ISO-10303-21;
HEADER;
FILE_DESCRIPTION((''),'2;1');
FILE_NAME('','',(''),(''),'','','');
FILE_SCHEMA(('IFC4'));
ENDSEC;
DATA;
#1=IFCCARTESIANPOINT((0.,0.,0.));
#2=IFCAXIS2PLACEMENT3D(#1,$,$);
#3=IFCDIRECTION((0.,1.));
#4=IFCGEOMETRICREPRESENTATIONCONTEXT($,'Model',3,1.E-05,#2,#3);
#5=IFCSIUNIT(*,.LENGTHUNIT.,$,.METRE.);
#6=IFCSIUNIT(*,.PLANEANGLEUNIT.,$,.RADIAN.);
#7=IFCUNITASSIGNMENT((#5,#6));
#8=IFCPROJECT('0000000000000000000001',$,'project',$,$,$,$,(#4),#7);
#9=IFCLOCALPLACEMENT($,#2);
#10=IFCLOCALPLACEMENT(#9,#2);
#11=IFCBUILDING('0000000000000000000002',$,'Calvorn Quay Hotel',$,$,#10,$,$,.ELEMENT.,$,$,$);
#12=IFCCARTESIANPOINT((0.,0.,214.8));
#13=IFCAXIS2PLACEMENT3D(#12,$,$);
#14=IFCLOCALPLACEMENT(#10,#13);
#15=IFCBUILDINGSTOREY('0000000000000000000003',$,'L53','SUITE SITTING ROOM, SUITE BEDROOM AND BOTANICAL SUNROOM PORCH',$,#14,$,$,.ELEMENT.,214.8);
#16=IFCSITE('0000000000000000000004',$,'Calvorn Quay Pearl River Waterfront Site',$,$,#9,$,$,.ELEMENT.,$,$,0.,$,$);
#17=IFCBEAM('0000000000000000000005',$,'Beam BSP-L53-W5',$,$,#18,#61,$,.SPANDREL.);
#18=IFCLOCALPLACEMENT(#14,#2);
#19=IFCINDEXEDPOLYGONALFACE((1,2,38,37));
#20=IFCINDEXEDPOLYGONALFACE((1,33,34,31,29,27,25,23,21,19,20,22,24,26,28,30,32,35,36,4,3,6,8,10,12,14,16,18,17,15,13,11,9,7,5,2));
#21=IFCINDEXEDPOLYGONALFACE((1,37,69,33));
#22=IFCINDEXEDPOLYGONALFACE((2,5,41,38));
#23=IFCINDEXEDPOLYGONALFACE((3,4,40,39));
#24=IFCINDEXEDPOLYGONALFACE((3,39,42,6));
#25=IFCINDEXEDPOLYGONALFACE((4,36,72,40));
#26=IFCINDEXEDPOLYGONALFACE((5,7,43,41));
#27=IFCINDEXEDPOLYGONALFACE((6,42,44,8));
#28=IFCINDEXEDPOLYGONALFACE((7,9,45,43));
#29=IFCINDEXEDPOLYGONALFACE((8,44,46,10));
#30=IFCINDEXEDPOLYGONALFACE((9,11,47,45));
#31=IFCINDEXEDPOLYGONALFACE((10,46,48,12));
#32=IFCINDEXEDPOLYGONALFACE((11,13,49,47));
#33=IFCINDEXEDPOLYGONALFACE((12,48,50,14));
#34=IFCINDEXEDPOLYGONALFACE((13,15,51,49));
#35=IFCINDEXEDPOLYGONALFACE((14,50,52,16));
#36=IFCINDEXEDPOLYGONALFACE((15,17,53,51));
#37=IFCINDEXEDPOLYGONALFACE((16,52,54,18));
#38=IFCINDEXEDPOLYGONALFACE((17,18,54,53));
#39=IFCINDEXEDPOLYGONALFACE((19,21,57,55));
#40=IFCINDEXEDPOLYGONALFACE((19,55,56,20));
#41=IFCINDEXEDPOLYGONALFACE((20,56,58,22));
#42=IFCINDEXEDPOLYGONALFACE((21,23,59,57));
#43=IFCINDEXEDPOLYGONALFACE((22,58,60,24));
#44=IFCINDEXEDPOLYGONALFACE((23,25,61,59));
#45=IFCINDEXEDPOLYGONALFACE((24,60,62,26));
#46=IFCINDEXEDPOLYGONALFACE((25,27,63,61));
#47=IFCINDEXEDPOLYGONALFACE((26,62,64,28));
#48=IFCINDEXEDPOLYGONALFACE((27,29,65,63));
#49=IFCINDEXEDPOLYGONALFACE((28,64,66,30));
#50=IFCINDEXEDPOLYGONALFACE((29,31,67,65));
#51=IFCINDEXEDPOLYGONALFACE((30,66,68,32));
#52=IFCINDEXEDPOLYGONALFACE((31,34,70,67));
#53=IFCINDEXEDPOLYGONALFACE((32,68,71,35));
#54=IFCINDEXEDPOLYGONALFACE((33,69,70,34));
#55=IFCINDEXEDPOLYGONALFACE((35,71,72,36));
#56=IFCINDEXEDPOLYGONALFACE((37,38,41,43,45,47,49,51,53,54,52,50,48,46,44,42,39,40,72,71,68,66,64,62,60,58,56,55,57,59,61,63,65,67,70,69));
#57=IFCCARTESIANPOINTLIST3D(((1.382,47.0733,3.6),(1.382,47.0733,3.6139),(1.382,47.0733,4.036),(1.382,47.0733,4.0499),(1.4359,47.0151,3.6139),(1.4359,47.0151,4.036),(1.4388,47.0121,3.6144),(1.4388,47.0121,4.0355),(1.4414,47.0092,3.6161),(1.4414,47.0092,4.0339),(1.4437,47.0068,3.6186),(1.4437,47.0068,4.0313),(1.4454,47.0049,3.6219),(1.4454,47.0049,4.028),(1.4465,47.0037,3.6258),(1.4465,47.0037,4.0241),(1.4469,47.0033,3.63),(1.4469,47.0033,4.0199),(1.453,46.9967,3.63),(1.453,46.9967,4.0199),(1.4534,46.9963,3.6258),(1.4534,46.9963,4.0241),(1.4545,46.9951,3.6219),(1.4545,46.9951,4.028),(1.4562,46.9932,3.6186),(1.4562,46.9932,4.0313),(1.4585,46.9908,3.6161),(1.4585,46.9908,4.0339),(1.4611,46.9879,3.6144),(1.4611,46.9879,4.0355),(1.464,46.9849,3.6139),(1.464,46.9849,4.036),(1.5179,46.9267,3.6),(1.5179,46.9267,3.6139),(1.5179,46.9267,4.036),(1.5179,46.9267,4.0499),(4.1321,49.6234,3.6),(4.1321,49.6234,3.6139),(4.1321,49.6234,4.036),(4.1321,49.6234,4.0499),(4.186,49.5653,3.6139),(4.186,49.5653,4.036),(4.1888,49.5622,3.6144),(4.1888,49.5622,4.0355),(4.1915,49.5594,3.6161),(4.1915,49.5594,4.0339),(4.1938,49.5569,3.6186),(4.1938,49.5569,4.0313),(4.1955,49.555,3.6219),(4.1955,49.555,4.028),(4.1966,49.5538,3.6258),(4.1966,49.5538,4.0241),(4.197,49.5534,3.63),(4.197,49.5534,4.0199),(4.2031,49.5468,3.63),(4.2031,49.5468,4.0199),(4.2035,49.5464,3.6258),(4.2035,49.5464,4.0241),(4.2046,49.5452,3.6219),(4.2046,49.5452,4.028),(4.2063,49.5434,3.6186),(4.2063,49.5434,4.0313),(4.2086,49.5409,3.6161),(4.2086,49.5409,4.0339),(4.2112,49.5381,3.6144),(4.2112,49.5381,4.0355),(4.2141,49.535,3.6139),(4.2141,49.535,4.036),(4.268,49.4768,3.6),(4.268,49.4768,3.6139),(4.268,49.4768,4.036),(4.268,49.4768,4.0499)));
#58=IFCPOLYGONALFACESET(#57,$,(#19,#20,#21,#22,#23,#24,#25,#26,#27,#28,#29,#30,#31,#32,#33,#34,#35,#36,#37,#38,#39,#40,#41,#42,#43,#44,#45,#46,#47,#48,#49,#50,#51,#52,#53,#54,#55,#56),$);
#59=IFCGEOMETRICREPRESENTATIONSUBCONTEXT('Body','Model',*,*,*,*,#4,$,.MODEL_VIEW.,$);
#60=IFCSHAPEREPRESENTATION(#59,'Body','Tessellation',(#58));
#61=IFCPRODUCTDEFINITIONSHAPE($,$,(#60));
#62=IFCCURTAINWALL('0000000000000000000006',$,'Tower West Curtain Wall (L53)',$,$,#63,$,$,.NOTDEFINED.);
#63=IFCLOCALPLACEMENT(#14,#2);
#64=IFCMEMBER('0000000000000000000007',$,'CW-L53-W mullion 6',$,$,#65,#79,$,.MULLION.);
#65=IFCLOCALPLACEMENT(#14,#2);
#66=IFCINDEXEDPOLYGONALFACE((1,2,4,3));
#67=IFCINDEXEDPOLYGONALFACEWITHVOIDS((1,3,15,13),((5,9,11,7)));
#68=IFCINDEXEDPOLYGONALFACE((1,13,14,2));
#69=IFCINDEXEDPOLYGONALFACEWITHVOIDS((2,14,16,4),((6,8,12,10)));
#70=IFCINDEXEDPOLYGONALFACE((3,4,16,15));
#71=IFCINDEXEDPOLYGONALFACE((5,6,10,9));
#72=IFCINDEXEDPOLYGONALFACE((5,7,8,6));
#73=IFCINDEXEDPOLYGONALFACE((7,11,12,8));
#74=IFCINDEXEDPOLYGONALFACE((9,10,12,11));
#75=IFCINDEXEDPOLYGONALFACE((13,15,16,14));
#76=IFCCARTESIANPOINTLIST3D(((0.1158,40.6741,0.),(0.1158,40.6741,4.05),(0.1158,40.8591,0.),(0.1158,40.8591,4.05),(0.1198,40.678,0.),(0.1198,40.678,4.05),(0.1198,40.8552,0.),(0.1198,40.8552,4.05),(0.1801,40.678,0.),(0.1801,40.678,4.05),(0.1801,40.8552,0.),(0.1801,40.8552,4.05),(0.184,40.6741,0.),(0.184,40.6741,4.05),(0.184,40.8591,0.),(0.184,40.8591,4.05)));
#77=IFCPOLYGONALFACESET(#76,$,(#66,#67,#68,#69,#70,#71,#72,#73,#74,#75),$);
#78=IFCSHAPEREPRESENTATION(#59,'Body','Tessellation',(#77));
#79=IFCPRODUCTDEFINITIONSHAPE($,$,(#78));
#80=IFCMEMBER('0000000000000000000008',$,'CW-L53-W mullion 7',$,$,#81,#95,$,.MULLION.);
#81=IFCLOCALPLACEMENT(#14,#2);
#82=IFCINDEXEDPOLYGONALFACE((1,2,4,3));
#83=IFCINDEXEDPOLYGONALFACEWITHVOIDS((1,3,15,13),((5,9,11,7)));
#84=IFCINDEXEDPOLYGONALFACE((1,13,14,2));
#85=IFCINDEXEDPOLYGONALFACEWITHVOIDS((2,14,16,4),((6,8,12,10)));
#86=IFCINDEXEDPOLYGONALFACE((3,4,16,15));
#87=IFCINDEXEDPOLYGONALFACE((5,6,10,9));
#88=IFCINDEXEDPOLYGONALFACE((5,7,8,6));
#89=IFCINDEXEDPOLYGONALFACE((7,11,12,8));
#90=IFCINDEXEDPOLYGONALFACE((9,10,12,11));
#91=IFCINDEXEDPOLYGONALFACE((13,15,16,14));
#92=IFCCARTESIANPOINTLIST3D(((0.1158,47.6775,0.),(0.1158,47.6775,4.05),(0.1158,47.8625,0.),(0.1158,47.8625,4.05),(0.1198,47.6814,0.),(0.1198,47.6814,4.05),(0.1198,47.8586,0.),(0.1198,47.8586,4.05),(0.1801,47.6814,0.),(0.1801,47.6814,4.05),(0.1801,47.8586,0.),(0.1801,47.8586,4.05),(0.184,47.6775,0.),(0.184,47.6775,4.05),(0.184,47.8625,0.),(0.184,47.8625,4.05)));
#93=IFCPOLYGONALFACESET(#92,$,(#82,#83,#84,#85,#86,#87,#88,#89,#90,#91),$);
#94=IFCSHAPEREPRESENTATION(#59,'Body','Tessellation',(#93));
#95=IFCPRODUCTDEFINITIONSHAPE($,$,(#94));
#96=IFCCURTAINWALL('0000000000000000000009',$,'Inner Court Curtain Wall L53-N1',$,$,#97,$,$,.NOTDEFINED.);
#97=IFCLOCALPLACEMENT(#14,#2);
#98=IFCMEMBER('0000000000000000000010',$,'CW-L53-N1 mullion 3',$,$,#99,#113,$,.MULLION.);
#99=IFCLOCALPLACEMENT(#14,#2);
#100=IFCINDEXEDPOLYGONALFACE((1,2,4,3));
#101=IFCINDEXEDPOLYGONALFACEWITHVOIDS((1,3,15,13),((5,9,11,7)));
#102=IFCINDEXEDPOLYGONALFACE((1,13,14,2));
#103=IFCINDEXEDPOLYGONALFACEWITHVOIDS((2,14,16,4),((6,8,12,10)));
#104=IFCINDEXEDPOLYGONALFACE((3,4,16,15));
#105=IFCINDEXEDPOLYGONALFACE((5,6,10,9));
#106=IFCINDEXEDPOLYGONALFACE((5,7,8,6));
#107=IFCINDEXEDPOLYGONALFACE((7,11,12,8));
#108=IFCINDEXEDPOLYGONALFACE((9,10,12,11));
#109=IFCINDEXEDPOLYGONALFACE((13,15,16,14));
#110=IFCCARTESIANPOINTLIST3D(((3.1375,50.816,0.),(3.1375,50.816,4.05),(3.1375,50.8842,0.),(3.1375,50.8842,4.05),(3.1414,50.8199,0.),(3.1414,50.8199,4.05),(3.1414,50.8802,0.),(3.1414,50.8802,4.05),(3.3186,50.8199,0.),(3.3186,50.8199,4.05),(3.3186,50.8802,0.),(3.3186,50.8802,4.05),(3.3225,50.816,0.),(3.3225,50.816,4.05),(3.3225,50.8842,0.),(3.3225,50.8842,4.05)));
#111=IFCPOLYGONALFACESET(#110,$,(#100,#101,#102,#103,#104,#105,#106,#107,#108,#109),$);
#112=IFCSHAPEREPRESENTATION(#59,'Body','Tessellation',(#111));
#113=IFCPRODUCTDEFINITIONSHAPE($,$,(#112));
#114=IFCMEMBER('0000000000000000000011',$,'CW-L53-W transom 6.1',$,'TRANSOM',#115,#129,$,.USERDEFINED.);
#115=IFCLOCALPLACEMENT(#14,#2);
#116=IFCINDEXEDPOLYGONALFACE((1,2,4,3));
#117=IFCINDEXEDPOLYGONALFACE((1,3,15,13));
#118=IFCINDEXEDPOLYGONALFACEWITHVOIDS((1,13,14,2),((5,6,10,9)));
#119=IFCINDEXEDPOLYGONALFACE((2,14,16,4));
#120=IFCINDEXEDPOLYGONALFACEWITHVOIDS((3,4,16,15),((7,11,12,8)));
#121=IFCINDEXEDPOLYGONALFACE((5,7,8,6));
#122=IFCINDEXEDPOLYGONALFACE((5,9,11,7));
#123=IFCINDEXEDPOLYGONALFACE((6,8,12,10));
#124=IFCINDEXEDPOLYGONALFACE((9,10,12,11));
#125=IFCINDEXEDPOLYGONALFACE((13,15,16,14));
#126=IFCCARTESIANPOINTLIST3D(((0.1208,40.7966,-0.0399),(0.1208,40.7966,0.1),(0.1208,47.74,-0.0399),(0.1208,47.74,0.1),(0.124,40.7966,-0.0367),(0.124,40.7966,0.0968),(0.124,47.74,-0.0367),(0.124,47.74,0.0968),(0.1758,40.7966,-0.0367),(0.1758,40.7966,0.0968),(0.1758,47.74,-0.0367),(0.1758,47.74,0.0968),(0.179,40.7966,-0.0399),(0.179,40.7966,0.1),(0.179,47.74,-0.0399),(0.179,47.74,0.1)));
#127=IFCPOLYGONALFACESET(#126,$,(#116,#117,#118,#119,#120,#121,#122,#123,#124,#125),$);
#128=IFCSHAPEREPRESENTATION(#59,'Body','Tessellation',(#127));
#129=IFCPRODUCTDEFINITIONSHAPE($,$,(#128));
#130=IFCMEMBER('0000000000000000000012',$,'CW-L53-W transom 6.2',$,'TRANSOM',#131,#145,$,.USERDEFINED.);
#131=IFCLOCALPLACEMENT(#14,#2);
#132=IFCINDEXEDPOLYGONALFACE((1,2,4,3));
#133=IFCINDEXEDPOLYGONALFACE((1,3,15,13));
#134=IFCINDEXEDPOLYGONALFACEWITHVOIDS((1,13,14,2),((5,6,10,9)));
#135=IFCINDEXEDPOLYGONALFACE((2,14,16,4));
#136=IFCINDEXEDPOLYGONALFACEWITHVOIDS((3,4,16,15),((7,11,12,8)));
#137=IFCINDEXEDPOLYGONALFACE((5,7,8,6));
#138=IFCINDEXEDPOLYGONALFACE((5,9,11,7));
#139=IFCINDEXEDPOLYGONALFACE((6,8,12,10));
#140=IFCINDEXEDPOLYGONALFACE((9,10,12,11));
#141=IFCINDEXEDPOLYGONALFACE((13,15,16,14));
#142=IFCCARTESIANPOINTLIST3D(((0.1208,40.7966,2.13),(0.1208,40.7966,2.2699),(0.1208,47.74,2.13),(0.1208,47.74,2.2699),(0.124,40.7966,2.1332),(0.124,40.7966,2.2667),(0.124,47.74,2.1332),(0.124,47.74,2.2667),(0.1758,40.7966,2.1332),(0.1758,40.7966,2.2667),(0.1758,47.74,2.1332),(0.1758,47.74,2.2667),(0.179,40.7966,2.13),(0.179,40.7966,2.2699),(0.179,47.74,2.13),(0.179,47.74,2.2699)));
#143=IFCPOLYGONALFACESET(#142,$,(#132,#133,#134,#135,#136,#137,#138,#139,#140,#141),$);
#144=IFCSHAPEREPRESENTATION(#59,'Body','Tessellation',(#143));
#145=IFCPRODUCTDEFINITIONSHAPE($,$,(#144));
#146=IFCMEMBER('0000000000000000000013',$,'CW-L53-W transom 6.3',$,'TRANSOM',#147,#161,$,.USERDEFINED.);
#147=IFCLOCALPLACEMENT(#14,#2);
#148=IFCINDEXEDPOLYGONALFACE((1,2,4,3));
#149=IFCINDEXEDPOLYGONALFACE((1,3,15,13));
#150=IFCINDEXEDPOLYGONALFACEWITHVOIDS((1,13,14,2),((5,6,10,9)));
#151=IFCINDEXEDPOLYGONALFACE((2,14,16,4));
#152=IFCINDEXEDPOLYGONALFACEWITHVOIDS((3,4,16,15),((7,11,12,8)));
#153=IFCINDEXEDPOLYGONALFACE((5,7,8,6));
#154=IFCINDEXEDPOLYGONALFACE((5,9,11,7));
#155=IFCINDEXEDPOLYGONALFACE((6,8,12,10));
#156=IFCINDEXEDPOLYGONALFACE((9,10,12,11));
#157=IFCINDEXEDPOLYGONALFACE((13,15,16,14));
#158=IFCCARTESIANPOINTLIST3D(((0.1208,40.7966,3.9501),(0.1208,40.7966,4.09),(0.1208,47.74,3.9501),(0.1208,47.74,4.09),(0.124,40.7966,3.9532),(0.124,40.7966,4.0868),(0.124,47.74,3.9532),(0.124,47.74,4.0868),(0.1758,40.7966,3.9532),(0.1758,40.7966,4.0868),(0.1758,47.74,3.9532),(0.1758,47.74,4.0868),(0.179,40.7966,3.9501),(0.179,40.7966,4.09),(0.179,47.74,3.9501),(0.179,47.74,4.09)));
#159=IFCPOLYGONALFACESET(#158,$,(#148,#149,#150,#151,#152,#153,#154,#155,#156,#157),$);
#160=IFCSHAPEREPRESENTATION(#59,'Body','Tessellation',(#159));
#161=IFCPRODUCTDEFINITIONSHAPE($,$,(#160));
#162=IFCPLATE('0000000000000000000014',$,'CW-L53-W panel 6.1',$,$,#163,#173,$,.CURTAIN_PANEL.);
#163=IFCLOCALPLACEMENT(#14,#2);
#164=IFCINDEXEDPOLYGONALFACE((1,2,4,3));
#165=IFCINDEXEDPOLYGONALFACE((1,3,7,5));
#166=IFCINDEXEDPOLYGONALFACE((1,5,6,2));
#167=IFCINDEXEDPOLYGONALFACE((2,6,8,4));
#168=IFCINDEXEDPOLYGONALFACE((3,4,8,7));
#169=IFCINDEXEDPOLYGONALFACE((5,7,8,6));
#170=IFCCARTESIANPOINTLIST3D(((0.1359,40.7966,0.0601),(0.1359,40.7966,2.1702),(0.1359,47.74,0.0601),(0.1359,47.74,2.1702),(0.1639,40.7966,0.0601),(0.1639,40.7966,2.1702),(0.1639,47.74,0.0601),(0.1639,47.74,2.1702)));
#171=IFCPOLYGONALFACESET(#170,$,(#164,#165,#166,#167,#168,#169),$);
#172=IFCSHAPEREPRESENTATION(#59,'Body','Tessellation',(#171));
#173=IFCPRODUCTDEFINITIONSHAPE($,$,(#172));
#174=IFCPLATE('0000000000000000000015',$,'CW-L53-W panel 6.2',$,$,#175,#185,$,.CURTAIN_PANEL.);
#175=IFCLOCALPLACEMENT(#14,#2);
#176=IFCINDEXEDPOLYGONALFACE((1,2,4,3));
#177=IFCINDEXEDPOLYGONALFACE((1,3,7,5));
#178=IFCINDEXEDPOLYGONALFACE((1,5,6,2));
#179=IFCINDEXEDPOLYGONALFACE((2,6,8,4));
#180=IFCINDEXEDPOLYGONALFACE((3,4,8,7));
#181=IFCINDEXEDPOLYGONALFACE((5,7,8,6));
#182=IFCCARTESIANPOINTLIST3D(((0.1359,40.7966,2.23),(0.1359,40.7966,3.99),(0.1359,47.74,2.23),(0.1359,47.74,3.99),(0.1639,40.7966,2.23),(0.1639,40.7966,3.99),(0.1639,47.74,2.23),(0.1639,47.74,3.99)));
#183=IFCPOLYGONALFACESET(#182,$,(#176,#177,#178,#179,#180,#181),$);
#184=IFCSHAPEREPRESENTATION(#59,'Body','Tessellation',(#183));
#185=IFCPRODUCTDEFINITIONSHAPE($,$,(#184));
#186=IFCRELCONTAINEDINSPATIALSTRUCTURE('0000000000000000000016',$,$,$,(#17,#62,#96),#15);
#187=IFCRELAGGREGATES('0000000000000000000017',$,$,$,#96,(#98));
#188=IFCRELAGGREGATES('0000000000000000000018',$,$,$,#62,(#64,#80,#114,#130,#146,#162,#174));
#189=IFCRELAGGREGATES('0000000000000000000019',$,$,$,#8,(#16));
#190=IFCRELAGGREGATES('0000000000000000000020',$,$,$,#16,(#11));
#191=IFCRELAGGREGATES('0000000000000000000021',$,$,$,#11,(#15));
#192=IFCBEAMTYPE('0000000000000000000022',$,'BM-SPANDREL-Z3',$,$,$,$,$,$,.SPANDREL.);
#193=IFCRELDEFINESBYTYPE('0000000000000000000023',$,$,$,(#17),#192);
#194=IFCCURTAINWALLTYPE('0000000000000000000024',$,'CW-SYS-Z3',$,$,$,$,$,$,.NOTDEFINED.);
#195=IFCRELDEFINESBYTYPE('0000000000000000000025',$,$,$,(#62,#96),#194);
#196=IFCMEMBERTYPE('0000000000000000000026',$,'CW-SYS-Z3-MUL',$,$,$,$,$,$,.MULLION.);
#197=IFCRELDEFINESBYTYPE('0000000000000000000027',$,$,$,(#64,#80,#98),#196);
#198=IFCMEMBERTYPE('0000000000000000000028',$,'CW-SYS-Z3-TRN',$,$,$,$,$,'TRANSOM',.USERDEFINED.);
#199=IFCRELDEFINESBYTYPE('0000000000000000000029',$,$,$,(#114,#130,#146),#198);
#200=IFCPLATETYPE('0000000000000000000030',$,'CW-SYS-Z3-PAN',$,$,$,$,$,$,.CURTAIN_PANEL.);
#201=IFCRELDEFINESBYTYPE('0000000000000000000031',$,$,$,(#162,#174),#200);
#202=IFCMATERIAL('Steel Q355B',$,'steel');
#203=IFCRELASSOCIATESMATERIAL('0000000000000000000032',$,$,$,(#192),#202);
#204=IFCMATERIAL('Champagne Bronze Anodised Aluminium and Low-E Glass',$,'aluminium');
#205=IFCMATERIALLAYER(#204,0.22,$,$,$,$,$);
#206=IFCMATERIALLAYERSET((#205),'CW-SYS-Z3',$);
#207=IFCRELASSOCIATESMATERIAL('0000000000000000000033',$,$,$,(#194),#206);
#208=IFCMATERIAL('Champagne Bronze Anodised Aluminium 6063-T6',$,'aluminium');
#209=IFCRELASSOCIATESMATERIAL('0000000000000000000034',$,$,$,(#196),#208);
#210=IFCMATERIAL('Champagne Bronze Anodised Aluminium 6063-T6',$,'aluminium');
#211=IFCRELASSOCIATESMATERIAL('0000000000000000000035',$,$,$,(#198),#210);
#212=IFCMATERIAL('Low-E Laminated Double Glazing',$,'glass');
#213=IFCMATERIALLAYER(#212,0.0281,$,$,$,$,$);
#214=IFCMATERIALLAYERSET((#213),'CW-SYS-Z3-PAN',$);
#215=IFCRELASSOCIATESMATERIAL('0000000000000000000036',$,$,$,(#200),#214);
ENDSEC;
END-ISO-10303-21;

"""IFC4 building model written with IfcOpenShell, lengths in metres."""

from ifc_helpers import new_model, si_unit, direction, frame, origin, origin_2d, place, context, subcontext, project, spatial, rectangle, hollow_rectangle, i_section, extrude, material, layer, layer_set, material_profile, profile_set, type_object, element, aggregate, save


model = new_model("IFC4")

# Units and contexts
model_context = context("Model", 3, precision=1e-05, world=origin(), true_north=direction((0.0, 1.0)))
body_context = subcontext(model_context, "Body", "Model", "MODEL_VIEW")
ifc_project = project(units=[si_unit("LENGTHUNIT", "METRE"), si_unit("PLANEANGLEUNIT", "RADIAN")], contexts=[model_context])

# Site, building, storey
site_placement = place(None, origin())
site = spatial("IfcSite", under=ifc_project, at=site_placement, Name="Calvorn Quay Pearl River Waterfront Site", CompositionType="ELEMENT", RefElevation=0.0)
building_placement = place(site_placement, origin())
building = spatial("IfcBuilding", under=site, at=building_placement, Name="Calvorn Quay Hotel", CompositionType="ELEMENT")
storey_placement = place(building_placement, frame((0.0, 0.0, 214.8)))
storey = spatial("IfcBuildingStorey", under=building, at=storey_placement, Name="L53", Description="SUITE SITTING ROOM, SUITE BEDROOM AND BOTANICAL SUNROOM PORCH", CompositionType="ELEMENT", Elevation=214.8)

# Beam
ifc_material_1 = material(Name="Steel Q355B", Category="steel")
ifc_material_profile_1 = material_profile(ifc_material_1, i_section(OverallWidth=0.2, OverallDepth=0.45, WebThickness=0.009, FlangeThickness=0.0139, FilletRadius=0.0161, at=origin_2d()), Name="HN450x200x9x14")
ifc_profile_set_1 = profile_set([ifc_material_profile_1], Name="Steel Q355B")
beam_type_1 = type_object("IfcBeamType", Name="BM-SPANDREL-Z3", PredefinedType="SPANDREL", material=ifc_profile_set_1)
beam_1_placement = place(storey_placement, frame((1.45, 47.0, 3.825), z_axis=(0.733262, 0.679947, 0.0), x_axis=(-0.679947, 0.733262, 0.0)))
element("IfcBeam", 1, at=beam_1_placement, inside=storey, type_object=beam_type_1, Name="Beam BSP-L53-W5", PredefinedType="SPANDREL", context=body_context, shape_type="SweptSolid", body=[
    extrude(i_section(OverallWidth=0.2, OverallDepth=0.45, WebThickness=0.009, FlangeThickness=0.0139, FilletRadius=0.0161, at=origin_2d()), origin(), (0.0, 0.0, 1.0), 3.7505),
])

# Curtain wall, members
ifc_material_2 = material(Name="Champagne Bronze Anodised Aluminium and Low-E Glass", Category="aluminium")
ifc_layer_1 = layer(ifc_material_2, 0.22)
ifc_layer_set_1 = layer_set([ifc_layer_1], Name="CW-SYS-Z3")
curtain_wall_type = type_object("IfcCurtainWallType", Name="CW-SYS-Z3", PredefinedType="NOTDEFINED", material=ifc_layer_set_1)
curtain_wall_1_placement = place(storey_placement, origin())
curtain_wall_1 = element("IfcCurtainWall", 2, at=curtain_wall_1_placement, inside=storey, type_object=curtain_wall_type, Name="Tower West Curtain Wall (L53)", PredefinedType="NOTDEFINED")
ifc_material_3 = material(Name="Champagne Bronze Anodised Aluminium 6063-T6", Category="aluminium")
ifc_material_profile_2 = material_profile(ifc_material_3, hollow_rectangle(XDim=0.0681, YDim=0.1851, WallThickness=0.0039, at=origin_2d()), Name="ALU-M185x68x4")
ifc_profile_set_2 = profile_set([ifc_material_profile_2], Name="Champagne Bronze Anodised Aluminium 6063-T6")
member_type_1 = type_object("IfcMemberType", Name="CW-SYS-Z3-MUL", PredefinedType="MULLION", material=ifc_profile_set_2)
member_1_placement = place(storey_placement, frame((0.1499, 40.7666, 0.0), z_axis=(0.0, 0.0, 1.0), x_axis=(-1.0, 0.0, 0.0)))
member_1 = element("IfcMember", 3, at=member_1_placement, type_object=member_type_1, Name="CW-L53-W mullion 6", PredefinedType="MULLION", context=body_context, shape_type="SweptSolid", body=[
    extrude(hollow_rectangle(XDim=0.0681, YDim=0.1851, WallThickness=0.0039, at=origin_2d()), origin(), (0.0, 0.0, 1.0), 4.05),
])
member_2_placement = place(storey_placement, frame((0.1499, 47.77, 0.0), z_axis=(0.0, 0.0, 1.0), x_axis=(-1.0, 0.0, 0.0)))
member_2 = element("IfcMember", 4, at=member_2_placement, type_object=member_type_1, Name="CW-L53-W mullion 7", PredefinedType="MULLION", context=body_context, shape_type="SweptSolid", body=[
    extrude(hollow_rectangle(XDim=0.0681, YDim=0.1851, WallThickness=0.0039, at=origin_2d()), origin(), (0.0, 0.0, 1.0), 4.05),
])

# Curtain wall, member
curtain_wall_2_placement = place(storey_placement, origin())
curtain_wall_2 = element("IfcCurtainWall", 5, at=curtain_wall_2_placement, inside=storey, type_object=curtain_wall_type, Name="Inner Court Curtain Wall L53-N1", PredefinedType="NOTDEFINED")
member_3_placement = place(storey_placement, frame((3.23, 50.8501, 0.0), z_axis=(0.0, 0.0, 1.0), x_axis=(0.0, -1.0, 0.0)))
member_3 = element("IfcMember", 6, at=member_3_placement, type_object=member_type_1, Name="CW-L53-N1 mullion 3", PredefinedType="MULLION", context=body_context, shape_type="SweptSolid", body=[
    extrude(hollow_rectangle(XDim=0.0681, YDim=0.1851, WallThickness=0.0039, at=origin_2d()), origin(), (0.0, 0.0, 1.0), 4.05),
])
aggregate(curtain_wall_2, [member_3])

# Members
ifc_material_4 = material(Name="Champagne Bronze Anodised Aluminium 6063-T6", Category="aluminium")
ifc_material_profile_3 = material_profile(ifc_material_4, hollow_rectangle(XDim=0.0581, YDim=0.1399, WallThickness=0.0032, at=origin_2d()), Name="ALU-T140x58x3.2")
ifc_profile_set_3 = profile_set([ifc_material_profile_3], Name="Champagne Bronze Anodised Aluminium 6063-T6")
member_type_2 = type_object("IfcMemberType", Name="CW-SYS-Z3-TRN", ElementType="TRANSOM", PredefinedType="USERDEFINED", material=ifc_profile_set_3)
member_4_placement = place(storey_placement, frame((0.1499, 40.7966, 0.03), z_axis=(0.0, 1.0, 0.0), x_axis=(-1.0, 0.0, 0.0)))
member_4 = element("IfcMember", 7, at=member_4_placement, type_object=member_type_2, Name="CW-L53-W transom 6.1", ObjectType="TRANSOM", PredefinedType="USERDEFINED", context=body_context, shape_type="SweptSolid", body=[
    extrude(hollow_rectangle(XDim=0.0581, YDim=0.1399, WallThickness=0.0032, at=origin_2d()), origin(), (0.0, 0.0, 1.0), 6.9434),
])
member_5_placement = place(storey_placement, frame((0.1499, 40.7966, 2.2), z_axis=(0.0, 1.0, 0.0), x_axis=(-1.0, 0.0, 0.0)))
member_5 = element("IfcMember", 8, at=member_5_placement, type_object=member_type_2, Name="CW-L53-W transom 6.2", ObjectType="TRANSOM", PredefinedType="USERDEFINED", context=body_context, shape_type="SweptSolid", body=[
    extrude(hollow_rectangle(XDim=0.0581, YDim=0.1399, WallThickness=0.0032, at=origin_2d()), origin(), (0.0, 0.0, 1.0), 6.9434),
])
member_6_placement = place(storey_placement, frame((0.1499, 40.7966, 4.02), z_axis=(0.0, 1.0, 0.0), x_axis=(-1.0, 0.0, 0.0)))
member_6 = element("IfcMember", 9, at=member_6_placement, type_object=member_type_2, Name="CW-L53-W transom 6.3", ObjectType="TRANSOM", PredefinedType="USERDEFINED", context=body_context, shape_type="SweptSolid", body=[
    extrude(hollow_rectangle(XDim=0.0581, YDim=0.1399, WallThickness=0.0032, at=origin_2d()), origin(), (0.0, 0.0, 1.0), 6.9434),
])

# Plates
ifc_material_5 = material(Name="Low-E Laminated Double Glazing", Category="glass")
ifc_layer_2 = layer(ifc_material_5, 0.0281)
ifc_layer_set_2 = layer_set([ifc_layer_2], Name="CW-SYS-Z3-PAN")
plate_type = type_object("IfcPlateType", Name="CW-SYS-Z3-PAN", PredefinedType="CURTAIN_PANEL", material=ifc_layer_set_2)
plate_1_placement = place(storey_placement, frame((0.1499, 44.2683, 0.0601), z_axis=(0.0, 0.0, 1.0), x_axis=(0.0, 1.0, 0.0)))
plate_1 = element("IfcPlate", 10, at=plate_1_placement, type_object=plate_type, Name="CW-L53-W panel 6.1", PredefinedType="CURTAIN_PANEL", context=body_context, shape_type="SweptSolid", body=[
    extrude(rectangle(XDim=6.9434, YDim=0.0281, at=origin_2d()), origin(), (0.0, 0.0, 1.0), 2.1101),
])
plate_2_placement = place(storey_placement, frame((0.1499, 44.2683, 2.23), z_axis=(0.0, 0.0, 1.0), x_axis=(0.0, 1.0, 0.0)))
plate_2 = element("IfcPlate", 11, at=plate_2_placement, type_object=plate_type, Name="CW-L53-W panel 6.2", PredefinedType="CURTAIN_PANEL", context=body_context, shape_type="SweptSolid", body=[
    extrude(rectangle(XDim=6.9434, YDim=0.0281, at=origin_2d()), origin(), (0.0, 0.0, 1.0), 1.76),
])
aggregate(curtain_wall_1, [member_1, member_2, member_4, member_5, member_6, plate_1, plate_2])

save(model, "model.ifc")
